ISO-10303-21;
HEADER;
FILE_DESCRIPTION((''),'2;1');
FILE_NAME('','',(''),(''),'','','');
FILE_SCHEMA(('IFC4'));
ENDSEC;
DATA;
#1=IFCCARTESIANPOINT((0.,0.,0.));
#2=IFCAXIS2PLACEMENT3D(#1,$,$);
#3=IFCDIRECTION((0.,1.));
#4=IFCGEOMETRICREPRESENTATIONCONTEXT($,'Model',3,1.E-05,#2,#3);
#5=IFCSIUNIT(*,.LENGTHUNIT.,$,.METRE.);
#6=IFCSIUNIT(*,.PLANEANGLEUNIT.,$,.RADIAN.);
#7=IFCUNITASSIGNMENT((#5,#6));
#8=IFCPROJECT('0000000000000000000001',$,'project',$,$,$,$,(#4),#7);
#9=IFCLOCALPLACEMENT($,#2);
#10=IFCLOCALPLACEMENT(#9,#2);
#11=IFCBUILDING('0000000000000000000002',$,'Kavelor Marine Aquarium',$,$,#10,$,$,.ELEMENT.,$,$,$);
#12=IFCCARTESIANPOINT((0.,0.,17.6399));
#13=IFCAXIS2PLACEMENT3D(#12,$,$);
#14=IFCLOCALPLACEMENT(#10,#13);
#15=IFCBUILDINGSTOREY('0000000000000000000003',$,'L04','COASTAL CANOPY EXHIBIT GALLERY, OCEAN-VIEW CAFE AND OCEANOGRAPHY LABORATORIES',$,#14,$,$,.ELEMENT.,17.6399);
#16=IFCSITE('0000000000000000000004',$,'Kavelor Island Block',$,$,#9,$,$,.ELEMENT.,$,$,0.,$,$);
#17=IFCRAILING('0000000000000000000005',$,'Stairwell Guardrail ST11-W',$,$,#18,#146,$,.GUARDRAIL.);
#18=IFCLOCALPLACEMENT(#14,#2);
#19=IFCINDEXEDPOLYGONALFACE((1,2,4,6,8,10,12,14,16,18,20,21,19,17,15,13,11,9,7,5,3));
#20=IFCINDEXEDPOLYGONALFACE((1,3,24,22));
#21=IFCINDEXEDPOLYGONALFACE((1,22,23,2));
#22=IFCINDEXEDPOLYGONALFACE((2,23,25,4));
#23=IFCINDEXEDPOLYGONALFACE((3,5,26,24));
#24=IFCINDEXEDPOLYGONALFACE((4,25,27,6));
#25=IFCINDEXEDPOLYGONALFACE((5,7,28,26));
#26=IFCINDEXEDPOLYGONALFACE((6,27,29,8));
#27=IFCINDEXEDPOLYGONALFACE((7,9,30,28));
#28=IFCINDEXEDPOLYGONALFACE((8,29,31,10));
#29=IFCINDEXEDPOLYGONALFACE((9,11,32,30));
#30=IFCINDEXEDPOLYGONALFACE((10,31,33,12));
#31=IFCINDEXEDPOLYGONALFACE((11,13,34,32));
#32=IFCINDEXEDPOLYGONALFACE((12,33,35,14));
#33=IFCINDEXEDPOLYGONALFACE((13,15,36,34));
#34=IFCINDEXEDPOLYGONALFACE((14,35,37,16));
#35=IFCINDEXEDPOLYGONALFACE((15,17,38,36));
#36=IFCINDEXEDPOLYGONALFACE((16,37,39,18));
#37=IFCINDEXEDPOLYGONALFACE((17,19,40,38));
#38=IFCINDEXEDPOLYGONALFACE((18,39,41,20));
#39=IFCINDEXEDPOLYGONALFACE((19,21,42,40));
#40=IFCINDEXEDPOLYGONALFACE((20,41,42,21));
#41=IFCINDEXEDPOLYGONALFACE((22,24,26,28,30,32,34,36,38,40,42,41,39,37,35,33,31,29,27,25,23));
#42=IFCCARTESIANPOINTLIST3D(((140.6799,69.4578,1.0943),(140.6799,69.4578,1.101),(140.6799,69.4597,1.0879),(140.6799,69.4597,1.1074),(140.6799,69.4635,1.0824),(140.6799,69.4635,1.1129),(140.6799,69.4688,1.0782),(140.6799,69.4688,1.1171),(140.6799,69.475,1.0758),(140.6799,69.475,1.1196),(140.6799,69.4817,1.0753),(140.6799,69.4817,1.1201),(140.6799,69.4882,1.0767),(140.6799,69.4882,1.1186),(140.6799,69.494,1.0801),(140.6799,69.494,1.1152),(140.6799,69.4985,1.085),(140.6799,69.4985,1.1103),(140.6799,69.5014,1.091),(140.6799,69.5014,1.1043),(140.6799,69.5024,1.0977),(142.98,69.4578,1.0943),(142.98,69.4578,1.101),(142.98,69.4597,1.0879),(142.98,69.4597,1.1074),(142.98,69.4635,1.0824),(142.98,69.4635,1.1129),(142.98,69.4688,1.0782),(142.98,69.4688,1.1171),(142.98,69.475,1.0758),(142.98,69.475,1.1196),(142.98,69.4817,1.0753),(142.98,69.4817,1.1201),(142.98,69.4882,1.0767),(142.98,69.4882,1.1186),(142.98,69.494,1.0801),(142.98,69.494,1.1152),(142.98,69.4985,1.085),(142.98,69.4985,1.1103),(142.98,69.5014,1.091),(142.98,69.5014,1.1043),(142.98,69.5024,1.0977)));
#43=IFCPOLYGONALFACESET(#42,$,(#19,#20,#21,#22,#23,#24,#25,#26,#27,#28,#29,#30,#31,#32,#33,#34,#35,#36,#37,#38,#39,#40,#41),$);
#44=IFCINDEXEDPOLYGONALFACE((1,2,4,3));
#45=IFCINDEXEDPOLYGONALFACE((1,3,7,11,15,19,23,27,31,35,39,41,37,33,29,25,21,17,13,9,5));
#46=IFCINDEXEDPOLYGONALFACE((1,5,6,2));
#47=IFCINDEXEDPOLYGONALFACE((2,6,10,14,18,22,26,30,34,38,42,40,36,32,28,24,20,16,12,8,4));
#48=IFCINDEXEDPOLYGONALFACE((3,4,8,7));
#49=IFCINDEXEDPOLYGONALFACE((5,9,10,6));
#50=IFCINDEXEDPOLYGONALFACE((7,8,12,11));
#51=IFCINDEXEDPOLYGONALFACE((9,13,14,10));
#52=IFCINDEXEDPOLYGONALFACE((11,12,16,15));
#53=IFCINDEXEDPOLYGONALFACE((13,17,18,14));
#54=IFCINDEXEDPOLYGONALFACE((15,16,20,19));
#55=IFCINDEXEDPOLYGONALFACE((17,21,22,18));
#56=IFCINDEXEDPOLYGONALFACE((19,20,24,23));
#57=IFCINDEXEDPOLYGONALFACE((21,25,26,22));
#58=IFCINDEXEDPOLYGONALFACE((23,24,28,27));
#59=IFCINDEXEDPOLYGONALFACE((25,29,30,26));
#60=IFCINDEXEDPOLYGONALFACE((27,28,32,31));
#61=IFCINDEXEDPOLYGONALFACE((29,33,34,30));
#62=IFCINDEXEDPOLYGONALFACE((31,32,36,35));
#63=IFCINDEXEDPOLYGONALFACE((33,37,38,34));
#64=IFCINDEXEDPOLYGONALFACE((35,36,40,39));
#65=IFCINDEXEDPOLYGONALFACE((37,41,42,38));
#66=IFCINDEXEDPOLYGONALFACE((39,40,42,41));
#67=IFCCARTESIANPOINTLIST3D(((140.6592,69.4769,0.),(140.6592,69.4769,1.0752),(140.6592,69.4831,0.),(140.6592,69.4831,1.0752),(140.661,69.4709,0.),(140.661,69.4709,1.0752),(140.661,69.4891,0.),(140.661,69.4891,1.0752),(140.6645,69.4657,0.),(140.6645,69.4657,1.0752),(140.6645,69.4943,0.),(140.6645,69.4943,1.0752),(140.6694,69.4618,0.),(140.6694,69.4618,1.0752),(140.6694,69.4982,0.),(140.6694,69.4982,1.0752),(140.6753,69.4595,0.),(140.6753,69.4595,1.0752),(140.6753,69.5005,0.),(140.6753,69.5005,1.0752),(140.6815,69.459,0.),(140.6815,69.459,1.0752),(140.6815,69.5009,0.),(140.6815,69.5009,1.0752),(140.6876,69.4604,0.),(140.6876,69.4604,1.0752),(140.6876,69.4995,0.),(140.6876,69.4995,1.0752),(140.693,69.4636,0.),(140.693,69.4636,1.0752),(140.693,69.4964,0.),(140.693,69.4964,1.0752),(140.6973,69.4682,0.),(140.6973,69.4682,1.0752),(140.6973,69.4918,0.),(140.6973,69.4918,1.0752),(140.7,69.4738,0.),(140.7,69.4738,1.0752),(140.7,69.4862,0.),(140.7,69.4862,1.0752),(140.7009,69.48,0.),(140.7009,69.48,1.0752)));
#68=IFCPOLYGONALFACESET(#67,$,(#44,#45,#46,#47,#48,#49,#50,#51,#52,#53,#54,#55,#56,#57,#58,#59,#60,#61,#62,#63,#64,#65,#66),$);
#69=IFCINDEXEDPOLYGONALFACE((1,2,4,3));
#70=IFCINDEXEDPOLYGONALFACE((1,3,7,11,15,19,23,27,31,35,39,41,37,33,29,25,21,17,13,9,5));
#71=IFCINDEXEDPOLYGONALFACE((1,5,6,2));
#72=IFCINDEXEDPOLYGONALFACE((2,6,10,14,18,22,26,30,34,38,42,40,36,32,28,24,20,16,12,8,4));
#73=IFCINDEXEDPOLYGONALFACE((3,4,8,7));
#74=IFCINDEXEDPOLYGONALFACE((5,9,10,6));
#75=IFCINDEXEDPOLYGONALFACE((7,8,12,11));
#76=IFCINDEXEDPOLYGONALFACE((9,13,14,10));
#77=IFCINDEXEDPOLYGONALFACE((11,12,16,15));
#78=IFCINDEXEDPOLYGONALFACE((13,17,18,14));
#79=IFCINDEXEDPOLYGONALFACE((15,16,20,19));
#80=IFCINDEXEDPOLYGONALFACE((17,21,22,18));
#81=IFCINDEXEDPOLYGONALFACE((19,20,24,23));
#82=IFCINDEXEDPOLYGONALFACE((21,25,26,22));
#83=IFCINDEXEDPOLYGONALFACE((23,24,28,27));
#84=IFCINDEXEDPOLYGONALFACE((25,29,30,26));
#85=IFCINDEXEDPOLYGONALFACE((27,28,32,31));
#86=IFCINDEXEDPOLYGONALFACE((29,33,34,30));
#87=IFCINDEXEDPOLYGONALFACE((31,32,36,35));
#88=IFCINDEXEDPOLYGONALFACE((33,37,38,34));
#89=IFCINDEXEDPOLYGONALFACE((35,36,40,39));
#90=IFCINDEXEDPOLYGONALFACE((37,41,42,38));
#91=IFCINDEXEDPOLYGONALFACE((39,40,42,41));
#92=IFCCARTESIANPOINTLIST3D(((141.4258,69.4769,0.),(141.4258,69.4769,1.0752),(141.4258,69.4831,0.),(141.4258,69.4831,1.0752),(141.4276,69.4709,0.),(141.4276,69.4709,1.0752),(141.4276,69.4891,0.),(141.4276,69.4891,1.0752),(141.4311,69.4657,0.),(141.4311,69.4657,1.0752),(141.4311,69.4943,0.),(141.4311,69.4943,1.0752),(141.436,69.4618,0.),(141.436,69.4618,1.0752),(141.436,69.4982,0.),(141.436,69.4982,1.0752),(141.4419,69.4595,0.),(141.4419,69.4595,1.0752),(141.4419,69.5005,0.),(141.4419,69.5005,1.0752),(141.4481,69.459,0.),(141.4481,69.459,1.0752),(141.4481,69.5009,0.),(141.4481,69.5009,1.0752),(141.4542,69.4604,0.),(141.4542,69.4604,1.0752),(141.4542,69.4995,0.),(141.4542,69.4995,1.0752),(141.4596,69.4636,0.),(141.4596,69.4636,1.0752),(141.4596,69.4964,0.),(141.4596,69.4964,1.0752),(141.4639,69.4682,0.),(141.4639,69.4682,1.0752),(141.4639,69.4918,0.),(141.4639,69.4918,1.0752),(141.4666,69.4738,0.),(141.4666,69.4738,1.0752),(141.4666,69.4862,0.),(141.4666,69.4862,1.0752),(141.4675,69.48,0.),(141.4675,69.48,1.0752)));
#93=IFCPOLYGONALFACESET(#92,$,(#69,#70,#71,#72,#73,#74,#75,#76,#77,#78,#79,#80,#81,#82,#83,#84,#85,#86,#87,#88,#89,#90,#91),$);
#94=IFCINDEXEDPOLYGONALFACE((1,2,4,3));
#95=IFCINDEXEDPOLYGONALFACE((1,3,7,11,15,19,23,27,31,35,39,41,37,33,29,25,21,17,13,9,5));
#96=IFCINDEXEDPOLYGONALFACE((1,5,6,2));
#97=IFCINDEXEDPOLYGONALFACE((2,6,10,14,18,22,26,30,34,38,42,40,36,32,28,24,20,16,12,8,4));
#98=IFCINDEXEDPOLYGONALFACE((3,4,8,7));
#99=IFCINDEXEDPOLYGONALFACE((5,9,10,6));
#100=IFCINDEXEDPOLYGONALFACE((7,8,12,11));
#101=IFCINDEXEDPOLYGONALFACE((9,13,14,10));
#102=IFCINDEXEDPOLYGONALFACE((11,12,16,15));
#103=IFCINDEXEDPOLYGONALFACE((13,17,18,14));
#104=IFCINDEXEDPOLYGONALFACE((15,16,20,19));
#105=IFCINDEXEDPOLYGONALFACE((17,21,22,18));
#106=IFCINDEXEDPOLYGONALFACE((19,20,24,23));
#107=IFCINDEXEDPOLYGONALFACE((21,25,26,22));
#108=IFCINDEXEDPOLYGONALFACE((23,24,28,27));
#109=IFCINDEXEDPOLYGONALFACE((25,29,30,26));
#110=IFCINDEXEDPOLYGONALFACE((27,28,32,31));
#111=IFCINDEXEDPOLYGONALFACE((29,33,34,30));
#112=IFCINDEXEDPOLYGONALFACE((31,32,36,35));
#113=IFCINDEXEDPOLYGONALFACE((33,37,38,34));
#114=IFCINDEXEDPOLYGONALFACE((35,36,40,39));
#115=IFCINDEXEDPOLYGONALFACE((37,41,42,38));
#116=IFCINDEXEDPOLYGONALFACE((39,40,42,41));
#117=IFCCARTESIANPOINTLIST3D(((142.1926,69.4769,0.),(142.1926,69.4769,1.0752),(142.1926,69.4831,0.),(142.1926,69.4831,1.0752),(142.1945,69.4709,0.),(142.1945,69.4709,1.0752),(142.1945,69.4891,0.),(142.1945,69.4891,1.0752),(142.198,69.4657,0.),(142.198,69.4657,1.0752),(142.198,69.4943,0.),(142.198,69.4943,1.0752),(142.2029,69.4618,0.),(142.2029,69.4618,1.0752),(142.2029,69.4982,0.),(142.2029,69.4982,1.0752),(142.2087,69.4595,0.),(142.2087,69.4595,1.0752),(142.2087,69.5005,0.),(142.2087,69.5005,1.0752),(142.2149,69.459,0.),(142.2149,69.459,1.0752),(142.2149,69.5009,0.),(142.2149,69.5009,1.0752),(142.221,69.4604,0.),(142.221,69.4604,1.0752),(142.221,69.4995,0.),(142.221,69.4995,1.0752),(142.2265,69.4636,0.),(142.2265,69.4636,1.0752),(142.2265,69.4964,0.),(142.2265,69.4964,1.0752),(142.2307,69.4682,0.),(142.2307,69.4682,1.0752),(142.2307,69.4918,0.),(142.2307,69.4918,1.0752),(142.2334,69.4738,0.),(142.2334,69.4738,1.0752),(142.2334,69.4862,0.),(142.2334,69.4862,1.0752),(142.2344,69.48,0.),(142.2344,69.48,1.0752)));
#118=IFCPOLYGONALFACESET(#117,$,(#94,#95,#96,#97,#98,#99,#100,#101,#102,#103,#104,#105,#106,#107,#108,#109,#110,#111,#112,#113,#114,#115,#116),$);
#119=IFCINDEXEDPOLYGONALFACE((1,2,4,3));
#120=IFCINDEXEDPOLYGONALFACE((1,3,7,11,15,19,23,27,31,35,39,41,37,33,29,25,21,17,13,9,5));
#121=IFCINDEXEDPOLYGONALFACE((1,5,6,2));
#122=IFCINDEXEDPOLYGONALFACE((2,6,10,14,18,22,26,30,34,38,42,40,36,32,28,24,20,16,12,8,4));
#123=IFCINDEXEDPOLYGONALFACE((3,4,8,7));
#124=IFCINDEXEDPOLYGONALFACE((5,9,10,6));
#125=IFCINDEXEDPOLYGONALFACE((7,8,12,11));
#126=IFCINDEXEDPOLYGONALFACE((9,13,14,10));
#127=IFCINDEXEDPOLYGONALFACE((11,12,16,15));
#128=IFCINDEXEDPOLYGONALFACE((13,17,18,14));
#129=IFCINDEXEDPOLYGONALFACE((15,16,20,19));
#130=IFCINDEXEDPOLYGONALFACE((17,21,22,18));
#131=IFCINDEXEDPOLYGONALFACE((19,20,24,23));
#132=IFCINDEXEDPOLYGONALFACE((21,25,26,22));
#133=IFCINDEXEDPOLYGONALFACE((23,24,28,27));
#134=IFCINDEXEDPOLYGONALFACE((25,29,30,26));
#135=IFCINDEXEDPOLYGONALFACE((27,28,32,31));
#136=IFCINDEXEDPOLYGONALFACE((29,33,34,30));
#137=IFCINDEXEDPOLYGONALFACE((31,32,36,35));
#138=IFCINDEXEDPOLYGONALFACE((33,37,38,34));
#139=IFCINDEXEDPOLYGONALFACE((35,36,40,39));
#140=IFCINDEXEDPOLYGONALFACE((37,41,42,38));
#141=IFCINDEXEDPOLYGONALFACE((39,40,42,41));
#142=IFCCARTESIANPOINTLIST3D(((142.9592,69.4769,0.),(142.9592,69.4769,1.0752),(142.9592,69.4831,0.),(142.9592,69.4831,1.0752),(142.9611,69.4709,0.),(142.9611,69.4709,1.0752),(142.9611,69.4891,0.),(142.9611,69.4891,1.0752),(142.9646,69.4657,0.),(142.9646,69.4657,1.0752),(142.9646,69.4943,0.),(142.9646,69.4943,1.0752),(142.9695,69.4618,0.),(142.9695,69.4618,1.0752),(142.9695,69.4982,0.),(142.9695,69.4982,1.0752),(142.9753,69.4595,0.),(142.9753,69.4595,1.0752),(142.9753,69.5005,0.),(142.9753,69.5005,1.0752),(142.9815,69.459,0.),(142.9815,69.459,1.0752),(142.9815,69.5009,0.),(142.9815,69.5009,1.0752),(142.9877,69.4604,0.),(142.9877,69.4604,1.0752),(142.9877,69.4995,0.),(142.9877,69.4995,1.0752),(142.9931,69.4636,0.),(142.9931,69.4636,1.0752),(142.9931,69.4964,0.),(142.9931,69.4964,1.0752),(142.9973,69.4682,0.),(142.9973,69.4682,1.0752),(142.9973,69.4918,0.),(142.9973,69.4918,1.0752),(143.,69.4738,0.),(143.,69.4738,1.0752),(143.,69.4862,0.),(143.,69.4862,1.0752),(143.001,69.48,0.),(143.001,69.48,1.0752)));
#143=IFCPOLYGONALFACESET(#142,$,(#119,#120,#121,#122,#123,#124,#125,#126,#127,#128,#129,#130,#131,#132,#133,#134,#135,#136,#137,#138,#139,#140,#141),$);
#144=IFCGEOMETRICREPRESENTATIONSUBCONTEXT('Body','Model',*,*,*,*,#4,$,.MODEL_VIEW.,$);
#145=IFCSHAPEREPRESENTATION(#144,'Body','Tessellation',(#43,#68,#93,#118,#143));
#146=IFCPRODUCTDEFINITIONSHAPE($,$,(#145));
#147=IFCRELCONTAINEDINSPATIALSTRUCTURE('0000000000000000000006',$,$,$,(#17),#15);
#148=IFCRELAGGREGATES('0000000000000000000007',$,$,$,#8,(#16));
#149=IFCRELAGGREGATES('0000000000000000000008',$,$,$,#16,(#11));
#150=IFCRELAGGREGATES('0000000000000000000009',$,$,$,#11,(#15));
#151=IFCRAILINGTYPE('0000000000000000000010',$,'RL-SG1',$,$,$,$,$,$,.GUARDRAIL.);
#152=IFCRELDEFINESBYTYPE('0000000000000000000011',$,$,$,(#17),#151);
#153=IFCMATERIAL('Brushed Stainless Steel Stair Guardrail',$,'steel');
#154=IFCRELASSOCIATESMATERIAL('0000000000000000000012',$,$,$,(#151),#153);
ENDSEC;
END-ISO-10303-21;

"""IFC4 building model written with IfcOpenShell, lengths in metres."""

from ifc_helpers import new_model, si_unit, direction, frame, origin, origin_2d, place, context, subcontext, project, spatial, circle, extrude, material, type_object, element, save


model = new_model("IFC4")

# Units and contexts
model_context = context("Model", 3, precision=1e-05, world=origin(), true_north=direction((0.0, 1.0)))
body_context = subcontext(model_context, "Body", "Model", "MODEL_VIEW")
ifc_project = project(units=[si_unit("LENGTHUNIT", "METRE"), si_unit("PLANEANGLEUNIT", "RADIAN")], contexts=[model_context])

# Site, building, storey
site_placement = place(None, origin())
site = spatial("IfcSite", under=ifc_project, at=site_placement, Name="Kavelor Island Block", CompositionType="ELEMENT", RefElevation=0.0)
building_placement = place(site_placement, origin())
building = spatial("IfcBuilding", under=site, at=building_placement, Name="Kavelor Marine Aquarium", CompositionType="ELEMENT")
storey_placement = place(building_placement, frame((0.0, 0.0, 17.6399)))
storey = spatial("IfcBuildingStorey", under=building, at=storey_placement, Name="L04", Description="COASTAL CANOPY EXHIBIT GALLERY, OCEAN-VIEW CAFE AND OCEANOGRAPHY LABORATORIES", CompositionType="ELEMENT", Elevation=17.6399)

# Railing
ifc_material_1 = material(Name="Brushed Stainless Steel Stair Guardrail", Category="steel")
railing_type_1 = type_object("IfcRailingType", Name="RL-SG1", PredefinedType="GUARDRAIL", material=ifc_material_1)
railing_1_placement = place(storey_placement, frame((140.6799, 69.48, 0.0)))
element("IfcRailing", 1, at=railing_1_placement, inside=storey, type_object=railing_type_1, Name="Stairwell Guardrail ST11-W", PredefinedType="GUARDRAIL", context=body_context, shape_type="SweptSolid", body=[
    extrude(circle(Radius=0.0225, at=origin_2d()), frame((0.0, 0.0, 1.0977), z_axis=(1.0, 0.0, 0.0), x_axis=(0.0, 1.0, 0.0)), (0.0, 0.0, 1.0), 2.3),
    extrude(circle(Radius=0.021, at=origin_2d()), origin(), (0.0, 0.0, 1.0), 1.0752),
    extrude(circle(Radius=0.021, at=origin_2d()), frame((0.7666, 0.0, 0.0)), (0.0, 0.0, 1.0), 1.0752),
    extrude(circle(Radius=0.021, at=origin_2d()), frame((1.5334, 0.0, 0.0)), (0.0, 0.0, 1.0), 1.0752),
    extrude(circle(Radius=0.021, at=origin_2d()), frame((2.3, 0.0, 0.0)), (0.0, 0.0, 1.0), 1.0752),
])

save(model, "model.ifc")
